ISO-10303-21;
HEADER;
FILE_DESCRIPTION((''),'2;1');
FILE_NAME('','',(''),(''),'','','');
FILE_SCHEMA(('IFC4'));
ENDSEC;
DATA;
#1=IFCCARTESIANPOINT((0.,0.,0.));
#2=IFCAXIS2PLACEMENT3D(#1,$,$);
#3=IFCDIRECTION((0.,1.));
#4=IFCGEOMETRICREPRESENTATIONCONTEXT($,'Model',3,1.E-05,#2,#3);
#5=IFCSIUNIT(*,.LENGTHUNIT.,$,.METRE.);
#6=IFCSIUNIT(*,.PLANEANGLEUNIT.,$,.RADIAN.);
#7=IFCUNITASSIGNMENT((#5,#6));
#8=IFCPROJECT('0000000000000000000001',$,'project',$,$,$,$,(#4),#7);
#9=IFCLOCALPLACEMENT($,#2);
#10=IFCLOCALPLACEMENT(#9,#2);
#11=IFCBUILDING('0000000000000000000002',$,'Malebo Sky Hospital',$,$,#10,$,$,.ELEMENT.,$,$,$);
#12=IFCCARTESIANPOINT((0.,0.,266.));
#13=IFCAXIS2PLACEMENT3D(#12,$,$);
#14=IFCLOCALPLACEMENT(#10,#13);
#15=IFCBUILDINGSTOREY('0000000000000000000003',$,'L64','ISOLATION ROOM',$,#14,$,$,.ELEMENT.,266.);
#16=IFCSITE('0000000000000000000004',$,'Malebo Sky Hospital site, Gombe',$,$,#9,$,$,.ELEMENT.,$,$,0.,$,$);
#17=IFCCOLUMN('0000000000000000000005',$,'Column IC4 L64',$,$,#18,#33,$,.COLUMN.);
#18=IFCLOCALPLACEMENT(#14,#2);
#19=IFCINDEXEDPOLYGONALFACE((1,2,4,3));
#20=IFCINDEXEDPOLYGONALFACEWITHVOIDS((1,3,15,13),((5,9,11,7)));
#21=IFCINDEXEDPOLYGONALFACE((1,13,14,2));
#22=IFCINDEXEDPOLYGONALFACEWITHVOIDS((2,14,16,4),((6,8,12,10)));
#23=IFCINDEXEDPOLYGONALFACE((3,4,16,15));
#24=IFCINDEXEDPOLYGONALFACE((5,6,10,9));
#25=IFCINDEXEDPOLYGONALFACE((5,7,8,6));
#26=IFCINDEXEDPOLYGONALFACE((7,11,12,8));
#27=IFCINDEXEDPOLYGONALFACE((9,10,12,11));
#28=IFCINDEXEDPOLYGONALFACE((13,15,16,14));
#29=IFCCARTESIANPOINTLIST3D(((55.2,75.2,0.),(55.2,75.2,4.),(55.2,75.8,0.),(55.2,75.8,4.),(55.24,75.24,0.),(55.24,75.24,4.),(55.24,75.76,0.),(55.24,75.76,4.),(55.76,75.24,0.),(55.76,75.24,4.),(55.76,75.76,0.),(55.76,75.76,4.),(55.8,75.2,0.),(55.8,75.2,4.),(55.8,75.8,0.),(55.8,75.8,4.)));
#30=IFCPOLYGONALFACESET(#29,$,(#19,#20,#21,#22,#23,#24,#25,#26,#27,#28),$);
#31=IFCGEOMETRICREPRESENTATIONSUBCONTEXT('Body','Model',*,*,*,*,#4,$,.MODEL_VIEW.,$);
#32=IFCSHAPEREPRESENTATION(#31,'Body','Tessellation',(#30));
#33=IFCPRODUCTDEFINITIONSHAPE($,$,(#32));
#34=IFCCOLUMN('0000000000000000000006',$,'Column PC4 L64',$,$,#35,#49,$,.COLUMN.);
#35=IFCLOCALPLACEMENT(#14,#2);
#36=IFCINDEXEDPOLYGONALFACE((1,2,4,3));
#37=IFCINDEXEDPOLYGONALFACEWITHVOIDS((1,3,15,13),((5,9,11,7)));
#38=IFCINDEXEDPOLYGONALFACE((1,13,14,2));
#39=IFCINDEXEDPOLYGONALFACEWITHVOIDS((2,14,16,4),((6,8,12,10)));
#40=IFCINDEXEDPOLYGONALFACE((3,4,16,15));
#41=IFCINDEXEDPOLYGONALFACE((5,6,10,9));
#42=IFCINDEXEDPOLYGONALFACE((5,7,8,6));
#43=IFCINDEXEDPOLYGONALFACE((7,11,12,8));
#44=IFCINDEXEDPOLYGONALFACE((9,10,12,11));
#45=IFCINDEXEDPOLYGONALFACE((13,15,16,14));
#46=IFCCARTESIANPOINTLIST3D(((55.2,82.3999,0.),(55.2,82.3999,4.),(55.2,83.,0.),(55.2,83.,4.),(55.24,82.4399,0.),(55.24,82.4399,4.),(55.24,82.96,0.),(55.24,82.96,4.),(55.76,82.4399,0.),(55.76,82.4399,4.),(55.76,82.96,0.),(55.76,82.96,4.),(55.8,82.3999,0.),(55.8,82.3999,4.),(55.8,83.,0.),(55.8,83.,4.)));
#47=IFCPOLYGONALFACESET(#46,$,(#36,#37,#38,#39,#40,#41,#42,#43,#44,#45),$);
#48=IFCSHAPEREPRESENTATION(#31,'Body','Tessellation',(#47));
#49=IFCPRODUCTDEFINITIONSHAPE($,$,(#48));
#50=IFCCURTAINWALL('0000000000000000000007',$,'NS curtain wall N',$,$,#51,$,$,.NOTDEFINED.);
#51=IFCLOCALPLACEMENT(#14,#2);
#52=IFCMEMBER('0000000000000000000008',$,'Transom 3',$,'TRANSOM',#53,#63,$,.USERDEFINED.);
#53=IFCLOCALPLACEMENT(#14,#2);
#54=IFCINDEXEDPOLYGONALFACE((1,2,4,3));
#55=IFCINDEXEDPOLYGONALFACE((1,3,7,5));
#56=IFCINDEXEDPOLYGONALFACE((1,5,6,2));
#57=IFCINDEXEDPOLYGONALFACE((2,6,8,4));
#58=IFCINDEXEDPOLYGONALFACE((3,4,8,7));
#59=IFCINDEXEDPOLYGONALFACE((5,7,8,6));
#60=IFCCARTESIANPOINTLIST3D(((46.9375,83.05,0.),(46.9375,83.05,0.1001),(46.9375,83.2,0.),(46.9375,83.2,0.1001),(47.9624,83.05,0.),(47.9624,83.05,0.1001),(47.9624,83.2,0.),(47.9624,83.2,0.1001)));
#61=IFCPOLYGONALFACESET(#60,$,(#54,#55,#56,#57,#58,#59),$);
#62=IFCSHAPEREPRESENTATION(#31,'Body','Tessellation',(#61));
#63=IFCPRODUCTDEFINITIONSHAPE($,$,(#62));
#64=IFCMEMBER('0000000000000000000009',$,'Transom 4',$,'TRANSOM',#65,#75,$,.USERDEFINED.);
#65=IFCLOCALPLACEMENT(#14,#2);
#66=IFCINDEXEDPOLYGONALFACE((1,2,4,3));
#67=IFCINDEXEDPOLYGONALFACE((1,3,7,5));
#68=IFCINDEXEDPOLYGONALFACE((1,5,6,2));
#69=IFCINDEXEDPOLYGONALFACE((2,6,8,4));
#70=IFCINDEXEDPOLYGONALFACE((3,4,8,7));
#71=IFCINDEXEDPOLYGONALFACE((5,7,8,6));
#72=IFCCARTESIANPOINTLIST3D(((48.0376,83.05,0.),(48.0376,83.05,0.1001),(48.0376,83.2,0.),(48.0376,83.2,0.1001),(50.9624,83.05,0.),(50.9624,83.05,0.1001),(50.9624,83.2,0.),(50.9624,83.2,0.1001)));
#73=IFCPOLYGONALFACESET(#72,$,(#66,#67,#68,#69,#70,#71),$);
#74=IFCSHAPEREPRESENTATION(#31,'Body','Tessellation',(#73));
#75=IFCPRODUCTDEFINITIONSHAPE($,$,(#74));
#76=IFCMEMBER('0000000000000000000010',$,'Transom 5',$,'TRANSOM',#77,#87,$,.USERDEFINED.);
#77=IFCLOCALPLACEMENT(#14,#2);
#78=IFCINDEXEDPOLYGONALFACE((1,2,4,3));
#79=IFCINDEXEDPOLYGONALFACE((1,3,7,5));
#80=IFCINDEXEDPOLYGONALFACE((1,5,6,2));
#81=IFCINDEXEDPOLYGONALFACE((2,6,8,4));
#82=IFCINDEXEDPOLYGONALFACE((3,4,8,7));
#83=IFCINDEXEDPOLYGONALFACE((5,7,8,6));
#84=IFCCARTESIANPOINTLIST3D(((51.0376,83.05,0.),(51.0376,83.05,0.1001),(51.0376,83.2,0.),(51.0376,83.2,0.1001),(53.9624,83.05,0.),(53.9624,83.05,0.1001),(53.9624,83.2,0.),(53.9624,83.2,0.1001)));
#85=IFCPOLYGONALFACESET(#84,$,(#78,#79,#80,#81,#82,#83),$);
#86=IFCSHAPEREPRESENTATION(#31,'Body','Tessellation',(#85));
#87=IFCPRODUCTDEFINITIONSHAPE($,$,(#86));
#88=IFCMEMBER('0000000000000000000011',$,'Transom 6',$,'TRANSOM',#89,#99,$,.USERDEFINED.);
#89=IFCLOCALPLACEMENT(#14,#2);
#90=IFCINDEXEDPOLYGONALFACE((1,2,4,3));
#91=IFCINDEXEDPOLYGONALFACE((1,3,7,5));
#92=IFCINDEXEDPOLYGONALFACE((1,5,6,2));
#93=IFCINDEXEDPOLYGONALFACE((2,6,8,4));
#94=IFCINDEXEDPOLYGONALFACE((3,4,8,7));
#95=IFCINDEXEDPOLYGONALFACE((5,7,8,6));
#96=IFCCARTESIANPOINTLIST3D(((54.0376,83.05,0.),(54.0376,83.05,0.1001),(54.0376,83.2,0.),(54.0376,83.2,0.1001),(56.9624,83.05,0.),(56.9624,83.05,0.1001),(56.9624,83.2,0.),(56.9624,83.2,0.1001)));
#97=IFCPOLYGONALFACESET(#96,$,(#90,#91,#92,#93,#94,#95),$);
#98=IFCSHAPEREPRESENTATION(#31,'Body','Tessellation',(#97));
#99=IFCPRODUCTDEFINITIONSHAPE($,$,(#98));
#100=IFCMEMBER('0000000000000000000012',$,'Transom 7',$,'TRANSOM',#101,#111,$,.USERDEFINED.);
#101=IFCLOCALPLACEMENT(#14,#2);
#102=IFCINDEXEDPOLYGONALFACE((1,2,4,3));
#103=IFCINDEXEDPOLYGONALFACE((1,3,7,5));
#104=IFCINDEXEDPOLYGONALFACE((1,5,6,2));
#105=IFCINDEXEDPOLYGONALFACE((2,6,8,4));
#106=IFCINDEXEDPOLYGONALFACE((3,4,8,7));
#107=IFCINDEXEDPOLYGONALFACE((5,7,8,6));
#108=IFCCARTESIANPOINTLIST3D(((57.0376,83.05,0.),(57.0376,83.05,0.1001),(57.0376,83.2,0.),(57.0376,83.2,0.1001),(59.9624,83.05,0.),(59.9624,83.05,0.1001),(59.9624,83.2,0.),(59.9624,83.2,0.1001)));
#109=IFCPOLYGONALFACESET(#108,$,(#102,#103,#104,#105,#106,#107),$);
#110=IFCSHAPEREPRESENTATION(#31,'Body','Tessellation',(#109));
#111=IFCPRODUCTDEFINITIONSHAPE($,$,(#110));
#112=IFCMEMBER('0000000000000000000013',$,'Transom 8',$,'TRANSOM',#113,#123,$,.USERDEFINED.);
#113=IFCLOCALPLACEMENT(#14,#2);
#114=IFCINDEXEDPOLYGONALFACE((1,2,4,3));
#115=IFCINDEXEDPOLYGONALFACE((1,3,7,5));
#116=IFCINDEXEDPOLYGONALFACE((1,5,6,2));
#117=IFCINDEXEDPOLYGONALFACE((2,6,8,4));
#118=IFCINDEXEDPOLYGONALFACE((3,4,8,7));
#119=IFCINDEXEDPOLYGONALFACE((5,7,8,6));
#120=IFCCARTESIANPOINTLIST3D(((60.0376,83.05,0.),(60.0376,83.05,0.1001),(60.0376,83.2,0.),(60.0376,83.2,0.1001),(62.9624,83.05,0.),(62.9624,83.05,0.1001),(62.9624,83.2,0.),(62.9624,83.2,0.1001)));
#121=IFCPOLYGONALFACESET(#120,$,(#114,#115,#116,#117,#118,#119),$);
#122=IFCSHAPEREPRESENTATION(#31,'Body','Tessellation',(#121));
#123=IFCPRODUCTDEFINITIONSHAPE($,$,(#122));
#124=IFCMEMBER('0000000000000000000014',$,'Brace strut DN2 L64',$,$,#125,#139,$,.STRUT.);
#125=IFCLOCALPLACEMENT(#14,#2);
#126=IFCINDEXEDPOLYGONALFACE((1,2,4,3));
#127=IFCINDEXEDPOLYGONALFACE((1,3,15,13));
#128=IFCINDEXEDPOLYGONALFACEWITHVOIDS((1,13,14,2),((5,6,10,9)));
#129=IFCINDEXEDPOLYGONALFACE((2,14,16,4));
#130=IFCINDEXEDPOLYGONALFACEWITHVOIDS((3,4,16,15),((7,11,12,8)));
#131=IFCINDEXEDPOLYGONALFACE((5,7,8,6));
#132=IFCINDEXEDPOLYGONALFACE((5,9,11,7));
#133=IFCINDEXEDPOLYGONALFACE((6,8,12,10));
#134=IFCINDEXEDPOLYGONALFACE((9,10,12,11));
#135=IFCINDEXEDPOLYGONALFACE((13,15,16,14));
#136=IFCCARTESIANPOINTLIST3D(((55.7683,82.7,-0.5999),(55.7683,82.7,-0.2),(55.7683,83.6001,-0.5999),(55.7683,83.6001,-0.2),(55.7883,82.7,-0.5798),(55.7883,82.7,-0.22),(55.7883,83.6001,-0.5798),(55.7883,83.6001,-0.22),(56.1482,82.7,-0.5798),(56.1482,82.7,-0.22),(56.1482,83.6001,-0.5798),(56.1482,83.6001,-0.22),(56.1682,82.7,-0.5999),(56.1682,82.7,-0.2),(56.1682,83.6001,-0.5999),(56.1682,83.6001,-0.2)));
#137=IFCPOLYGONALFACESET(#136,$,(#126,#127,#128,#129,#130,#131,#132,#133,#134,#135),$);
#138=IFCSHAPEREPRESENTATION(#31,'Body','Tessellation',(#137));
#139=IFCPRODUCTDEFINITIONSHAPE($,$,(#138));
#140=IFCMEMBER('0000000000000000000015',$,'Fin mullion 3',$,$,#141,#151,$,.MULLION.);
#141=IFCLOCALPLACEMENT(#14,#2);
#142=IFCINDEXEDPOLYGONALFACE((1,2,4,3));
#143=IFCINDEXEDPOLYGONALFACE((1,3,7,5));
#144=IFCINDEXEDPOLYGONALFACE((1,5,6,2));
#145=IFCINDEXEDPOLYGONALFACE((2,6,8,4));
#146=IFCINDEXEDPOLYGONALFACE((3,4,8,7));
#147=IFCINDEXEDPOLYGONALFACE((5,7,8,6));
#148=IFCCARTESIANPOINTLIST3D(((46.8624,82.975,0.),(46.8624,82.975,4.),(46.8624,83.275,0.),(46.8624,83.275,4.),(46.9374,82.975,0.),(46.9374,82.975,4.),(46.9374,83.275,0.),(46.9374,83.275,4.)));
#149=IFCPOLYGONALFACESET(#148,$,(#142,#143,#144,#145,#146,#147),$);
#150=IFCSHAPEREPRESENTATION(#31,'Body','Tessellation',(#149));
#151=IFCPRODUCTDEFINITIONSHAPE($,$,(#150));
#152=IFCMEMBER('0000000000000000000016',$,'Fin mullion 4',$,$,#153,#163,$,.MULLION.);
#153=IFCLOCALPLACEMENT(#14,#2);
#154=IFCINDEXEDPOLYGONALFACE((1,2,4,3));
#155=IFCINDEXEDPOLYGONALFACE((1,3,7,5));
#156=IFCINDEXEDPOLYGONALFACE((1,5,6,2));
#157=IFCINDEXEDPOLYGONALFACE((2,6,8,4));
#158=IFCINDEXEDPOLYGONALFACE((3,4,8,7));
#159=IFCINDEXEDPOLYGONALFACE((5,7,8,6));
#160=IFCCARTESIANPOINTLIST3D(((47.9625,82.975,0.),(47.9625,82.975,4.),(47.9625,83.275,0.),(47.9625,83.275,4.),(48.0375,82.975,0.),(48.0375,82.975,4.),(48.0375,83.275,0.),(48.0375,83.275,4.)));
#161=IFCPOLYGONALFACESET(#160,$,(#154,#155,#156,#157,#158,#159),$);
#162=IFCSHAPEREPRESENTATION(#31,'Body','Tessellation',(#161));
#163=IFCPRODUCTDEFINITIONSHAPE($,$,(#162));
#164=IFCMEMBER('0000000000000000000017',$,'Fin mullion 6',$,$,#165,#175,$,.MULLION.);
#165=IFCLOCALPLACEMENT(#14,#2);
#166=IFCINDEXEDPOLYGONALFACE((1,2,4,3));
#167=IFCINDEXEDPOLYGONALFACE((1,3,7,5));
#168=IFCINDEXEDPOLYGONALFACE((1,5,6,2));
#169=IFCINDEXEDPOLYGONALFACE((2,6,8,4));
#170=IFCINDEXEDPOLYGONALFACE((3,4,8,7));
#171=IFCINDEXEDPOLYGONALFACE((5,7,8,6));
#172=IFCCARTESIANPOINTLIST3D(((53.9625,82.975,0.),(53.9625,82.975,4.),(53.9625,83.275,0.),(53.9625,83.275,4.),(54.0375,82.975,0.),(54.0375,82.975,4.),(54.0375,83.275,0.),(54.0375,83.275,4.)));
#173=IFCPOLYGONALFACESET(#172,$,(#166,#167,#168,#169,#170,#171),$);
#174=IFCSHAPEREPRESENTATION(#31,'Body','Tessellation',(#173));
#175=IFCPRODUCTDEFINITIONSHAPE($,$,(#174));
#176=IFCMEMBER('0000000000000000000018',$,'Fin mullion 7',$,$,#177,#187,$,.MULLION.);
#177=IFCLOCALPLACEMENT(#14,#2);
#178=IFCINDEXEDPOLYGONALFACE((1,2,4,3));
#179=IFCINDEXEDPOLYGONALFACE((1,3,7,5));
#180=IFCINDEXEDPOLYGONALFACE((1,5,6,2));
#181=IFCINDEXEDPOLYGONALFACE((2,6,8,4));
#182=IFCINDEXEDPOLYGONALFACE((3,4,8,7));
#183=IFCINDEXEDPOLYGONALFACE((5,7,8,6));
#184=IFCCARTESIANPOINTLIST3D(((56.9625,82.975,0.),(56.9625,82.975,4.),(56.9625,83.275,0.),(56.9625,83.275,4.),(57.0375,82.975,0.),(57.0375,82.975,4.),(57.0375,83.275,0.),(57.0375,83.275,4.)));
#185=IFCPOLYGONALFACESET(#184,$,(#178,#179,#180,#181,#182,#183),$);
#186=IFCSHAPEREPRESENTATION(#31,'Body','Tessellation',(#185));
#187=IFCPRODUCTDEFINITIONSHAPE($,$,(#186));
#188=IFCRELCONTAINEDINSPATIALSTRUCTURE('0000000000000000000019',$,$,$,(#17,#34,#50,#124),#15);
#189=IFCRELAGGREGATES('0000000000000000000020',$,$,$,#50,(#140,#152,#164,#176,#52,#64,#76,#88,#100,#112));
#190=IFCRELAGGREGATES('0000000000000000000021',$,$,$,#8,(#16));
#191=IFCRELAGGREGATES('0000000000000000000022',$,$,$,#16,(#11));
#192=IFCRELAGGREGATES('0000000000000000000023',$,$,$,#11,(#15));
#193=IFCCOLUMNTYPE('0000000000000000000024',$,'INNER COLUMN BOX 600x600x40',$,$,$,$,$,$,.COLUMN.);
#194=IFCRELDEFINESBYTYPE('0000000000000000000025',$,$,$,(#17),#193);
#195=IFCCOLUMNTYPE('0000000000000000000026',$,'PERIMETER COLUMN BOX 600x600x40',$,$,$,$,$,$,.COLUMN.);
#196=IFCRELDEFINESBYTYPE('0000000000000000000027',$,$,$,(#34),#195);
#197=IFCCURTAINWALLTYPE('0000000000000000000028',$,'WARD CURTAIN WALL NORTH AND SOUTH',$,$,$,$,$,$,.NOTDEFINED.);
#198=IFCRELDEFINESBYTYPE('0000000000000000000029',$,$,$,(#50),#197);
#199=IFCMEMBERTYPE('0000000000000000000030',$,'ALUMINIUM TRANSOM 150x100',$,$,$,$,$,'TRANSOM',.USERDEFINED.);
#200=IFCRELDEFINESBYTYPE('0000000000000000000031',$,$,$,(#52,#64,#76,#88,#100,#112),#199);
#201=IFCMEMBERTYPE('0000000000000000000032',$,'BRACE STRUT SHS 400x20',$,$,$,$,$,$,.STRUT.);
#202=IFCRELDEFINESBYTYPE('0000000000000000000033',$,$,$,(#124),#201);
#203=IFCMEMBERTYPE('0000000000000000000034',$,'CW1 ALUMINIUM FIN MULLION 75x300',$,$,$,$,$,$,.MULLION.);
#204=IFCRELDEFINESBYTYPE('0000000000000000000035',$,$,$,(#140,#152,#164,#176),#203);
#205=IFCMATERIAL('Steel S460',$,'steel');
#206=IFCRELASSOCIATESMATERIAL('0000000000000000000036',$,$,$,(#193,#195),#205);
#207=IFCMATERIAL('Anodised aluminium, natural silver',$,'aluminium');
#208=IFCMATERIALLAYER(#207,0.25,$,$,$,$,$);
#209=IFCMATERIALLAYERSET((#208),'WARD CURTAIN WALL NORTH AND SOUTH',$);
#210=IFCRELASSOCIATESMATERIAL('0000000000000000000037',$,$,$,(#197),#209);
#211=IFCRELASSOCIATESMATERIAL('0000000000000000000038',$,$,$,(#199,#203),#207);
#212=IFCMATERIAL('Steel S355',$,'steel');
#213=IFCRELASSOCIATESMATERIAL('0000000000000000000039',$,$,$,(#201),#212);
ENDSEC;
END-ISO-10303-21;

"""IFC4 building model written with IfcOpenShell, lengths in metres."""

from ifc_helpers import new_model, si_unit, direction, frame, origin, origin_2d, place, context, subcontext, project, spatial, rectangle, hollow_rectangle, extrude, material, layer, layer_set, material_profile, profile_set, type_object, element, aggregate, save


model = new_model("IFC4")

# Units and contexts
model_context = context("Model", 3, precision=1e-05, world=origin(), true_north=direction((0.0, 1.0)))
body_context = subcontext(model_context, "Body", "Model", "MODEL_VIEW")
ifc_project = project(units=[si_unit("LENGTHUNIT", "METRE"), si_unit("PLANEANGLEUNIT", "RADIAN")], contexts=[model_context])

# Site, building, storey
site_placement = place(None, origin())
site = spatial("IfcSite", under=ifc_project, at=site_placement, Name="Malebo Sky Hospital site, Gombe", CompositionType="ELEMENT", RefElevation=0.0)
building_placement = place(site_placement, origin())
building = spatial("IfcBuilding", under=site, at=building_placement, Name="Malebo Sky Hospital", CompositionType="ELEMENT")
storey_placement = place(building_placement, frame((0.0, 0.0, 266.0)))
storey = spatial("IfcBuildingStorey", under=building, at=storey_placement, Name="L64", Description="ISOLATION ROOM", CompositionType="ELEMENT", Elevation=266.0)

# Columns
ifc_material_1 = material(Name="Steel S460", Category="steel")
ifc_material_profile_1 = material_profile(ifc_material_1, hollow_rectangle(XDim=0.6001, YDim=0.6001, WallThickness=0.04, at=origin_2d()), Name="BOX 600x600x40")
ifc_profile_set_1 = profile_set([ifc_material_profile_1], Name="Steel S460")
column_type_1 = type_object("IfcColumnType", Name="INNER COLUMN BOX 600x600x40", PredefinedType="COLUMN", material=ifc_profile_set_1)
column_1_placement = place(storey_placement, frame((55.5, 75.5, 0.0), z_axis=(0.0, 0.0, 1.0), x_axis=(1.0, 0.0, 0.0)))
element("IfcColumn", 1, at=column_1_placement, inside=storey, type_object=column_type_1, Name="Column IC4 L64", PredefinedType="COLUMN", context=body_context, shape_type="SweptSolid", body=[
    extrude(hollow_rectangle(XDim=0.6001, YDim=0.6001, WallThickness=0.04, at=origin_2d()), origin(), (0.0, 0.0, 1.0), 4.0),
])
ifc_material_profile_2 = material_profile(ifc_material_1, hollow_rectangle(XDim=0.6001, YDim=0.6001, WallThickness=0.04, at=origin_2d()), Name="BOX 600x600x40")
ifc_profile_set_2 = profile_set([ifc_material_profile_2], Name="Steel S460")
column_type_2 = type_object("IfcColumnType", Name="PERIMETER COLUMN BOX 600x600x40", PredefinedType="COLUMN", material=ifc_profile_set_2)
column_2_placement = place(storey_placement, frame((55.5, 82.7, 0.0), z_axis=(0.0, 0.0, 1.0), x_axis=(1.0, 0.0, 0.0)))
element("IfcColumn", 2, at=column_2_placement, inside=storey, type_object=column_type_2, Name="Column PC4 L64", PredefinedType="COLUMN", context=body_context, shape_type="SweptSolid", body=[
    extrude(hollow_rectangle(XDim=0.6001, YDim=0.6001, WallThickness=0.04, at=origin_2d()), origin(), (0.0, 0.0, 1.0), 4.0),
])

# Curtain wall, members
ifc_material_2 = material(Name="Anodised aluminium, natural silver", Category="aluminium")
ifc_layer_1 = layer(ifc_material_2, 0.25)
ifc_layer_set_1 = layer_set([ifc_layer_1], Name="WARD CURTAIN WALL NORTH AND SOUTH")
curtain_wall_type = type_object("IfcCurtainWallType", Name="WARD CURTAIN WALL NORTH AND SOUTH", PredefinedType="NOTDEFINED", material=ifc_layer_set_1)
curtain_wall_placement = place(storey_placement, origin())
curtain_wall = element("IfcCurtainWall", 3, at=curtain_wall_placement, inside=storey, type_object=curtain_wall_type, Name="NS curtain wall N", PredefinedType="NOTDEFINED")
ifc_material_profile_3 = material_profile(ifc_material_2, rectangle(XDim=0.1499, YDim=0.1001, at=origin_2d()), Name="ALUMINIUM TRANSOM 150x100")
ifc_profile_set_3 = profile_set([ifc_material_profile_3], Name="Anodised aluminium, natural silver")
member_type_1 = type_object("IfcMemberType", Name="ALUMINIUM TRANSOM 150x100", ElementType="TRANSOM", PredefinedType="USERDEFINED", material=ifc_profile_set_3)
member_1_placement = place(storey_placement, frame((46.9375, 83.125, 0.05), z_axis=(1.0, 0.0, 0.0), x_axis=(0.0, 1.0, 0.0)))
member_1 = element("IfcMember", 4, at=member_1_placement, type_object=member_type_1, Name="Transom 3", ObjectType="TRANSOM", PredefinedType="USERDEFINED", context=body_context, shape_type="SweptSolid", body=[
    extrude(rectangle(XDim=0.1499, YDim=0.1001, at=origin_2d()), origin(), (0.0, 0.0, 1.0), 1.0249),
])
member_2_placement = place(storey_placement, frame((48.0376, 83.125, 0.05), z_axis=(1.0, 0.0, 0.0), x_axis=(0.0, 1.0, 0.0)))
member_2 = element("IfcMember", 5, at=member_2_placement, type_object=member_type_1, Name="Transom 4", ObjectType="TRANSOM", PredefinedType="USERDEFINED", context=body_context, shape_type="SweptSolid", body=[
    extrude(rectangle(XDim=0.1499, YDim=0.1001, at=origin_2d()), origin(), (0.0, 0.0, 1.0), 2.9248),
])
member_3_placement = place(storey_placement, frame((51.0376, 83.125, 0.05), z_axis=(1.0, 0.0, 0.0), x_axis=(0.0, 1.0, 0.0)))
member_3 = element("IfcMember", 6, at=member_3_placement, type_object=member_type_1, Name="Transom 5", ObjectType="TRANSOM", PredefinedType="USERDEFINED", context=body_context, shape_type="SweptSolid", body=[
    extrude(rectangle(XDim=0.1499, YDim=0.1001, at=origin_2d()), origin(), (0.0, 0.0, 1.0), 2.9248),
])
member_4_placement = place(storey_placement, frame((54.0376, 83.125, 0.05), z_axis=(1.0, 0.0, 0.0), x_axis=(0.0, 1.0, 0.0)))
member_4 = element("IfcMember", 7, at=member_4_placement, type_object=member_type_1, Name="Transom 6", ObjectType="TRANSOM", PredefinedType="USERDEFINED", context=body_context, shape_type="SweptSolid", body=[
    extrude(rectangle(XDim=0.1499, YDim=0.1001, at=origin_2d()), origin(), (0.0, 0.0, 1.0), 2.9248),
])
member_5_placement = place(storey_placement, frame((57.0376, 83.125, 0.05), z_axis=(1.0, 0.0, 0.0), x_axis=(0.0, 1.0, 0.0)))
member_5 = element("IfcMember", 8, at=member_5_placement, type_object=member_type_1, Name="Transom 7", ObjectType="TRANSOM", PredefinedType="USERDEFINED", context=body_context, shape_type="SweptSolid", body=[
    extrude(rectangle(XDim=0.1499, YDim=0.1001, at=origin_2d()), origin(), (0.0, 0.0, 1.0), 2.9248),
])
member_6_placement = place(storey_placement, frame((60.0376, 83.125, 0.05), z_axis=(1.0, 0.0, 0.0), x_axis=(0.0, 1.0, 0.0)))
member_6 = element("IfcMember", 9, at=member_6_placement, type_object=member_type_1, Name="Transom 8", ObjectType="TRANSOM", PredefinedType="USERDEFINED", context=body_context, shape_type="SweptSolid", body=[
    extrude(rectangle(XDim=0.1499, YDim=0.1001, at=origin_2d()), origin(), (0.0, 0.0, 1.0), 2.9248),
])

# Members
ifc_material_3 = material(Name="Steel S355", Category="steel")
ifc_material_profile_4 = material_profile(ifc_material_3, hollow_rectangle(XDim=0.3999, YDim=0.3999, WallThickness=0.02, at=origin_2d()), Name="SHS 400x20")
ifc_profile_set_4 = profile_set([ifc_material_profile_4], Name="Steel S355")
member_type_2 = type_object("IfcMemberType", Name="BRACE STRUT SHS 400x20", PredefinedType="STRUT", material=ifc_profile_set_4)
member_7_placement = place(storey_placement, frame((55.9683, 83.6001, -0.3999), z_axis=(0.0, -1.0, 0.0), x_axis=(1.0, 0.0, 0.0)))
element("IfcMember", 10, at=member_7_placement, inside=storey, type_object=member_type_2, Name="Brace strut DN2 L64", PredefinedType="STRUT", context=body_context, shape_type="SweptSolid", body=[
    extrude(hollow_rectangle(XDim=0.3999, YDim=0.3999, WallThickness=0.02, at=origin_2d()), origin(), (0.0, 0.0, 1.0), 0.9001),
])
ifc_material_profile_5 = material_profile(ifc_material_2, rectangle(XDim=0.075, YDim=0.3, at=origin_2d()), Name="CW1 ALUMINIUM FIN MULLION 75x300")
ifc_profile_set_5 = profile_set([ifc_material_profile_5], Name="Anodised aluminium, natural silver")
member_type_3 = type_object("IfcMemberType", Name="CW1 ALUMINIUM FIN MULLION 75x300", PredefinedType="MULLION", material=ifc_profile_set_5)
member_8_placement = place(storey_placement, frame((46.8999, 83.125, 0.0), z_axis=(0.0, 0.0, 1.0), x_axis=(1.0, 0.0, 0.0)))
member_8 = element("IfcMember", 11, at=member_8_placement, type_object=member_type_3, Name="Fin mullion 3", PredefinedType="MULLION", context=body_context, shape_type="SweptSolid", body=[
    extrude(rectangle(XDim=0.075, YDim=0.3, at=origin_2d()), origin(), (0.0, 0.0, 1.0), 4.0),
])
member_9_placement = place(storey_placement, frame((48.0, 83.125, 0.0), z_axis=(0.0, 0.0, 1.0), x_axis=(1.0, 0.0, 0.0)))
member_9 = element("IfcMember", 12, at=member_9_placement, type_object=member_type_3, Name="Fin mullion 4", PredefinedType="MULLION", context=body_context, shape_type="SweptSolid", body=[
    extrude(rectangle(XDim=0.075, YDim=0.3, at=origin_2d()), origin(), (0.0, 0.0, 1.0), 4.0),
])
member_10_placement = place(storey_placement, frame((54.0, 83.125, 0.0), z_axis=(0.0, 0.0, 1.0), x_axis=(1.0, 0.0, 0.0)))
member_10 = element("IfcMember", 13, at=member_10_placement, type_object=member_type_3, Name="Fin mullion 6", PredefinedType="MULLION", context=body_context, shape_type="SweptSolid", body=[
    extrude(rectangle(XDim=0.075, YDim=0.3, at=origin_2d()), origin(), (0.0, 0.0, 1.0), 4.0),
])
member_11_placement = place(storey_placement, frame((57.0, 83.125, 0.0), z_axis=(0.0, 0.0, 1.0), x_axis=(1.0, 0.0, 0.0)))
member_11 = element("IfcMember", 14, at=member_11_placement, type_object=member_type_3, Name="Fin mullion 7", PredefinedType="MULLION", context=body_context, shape_type="SweptSolid", body=[
    extrude(rectangle(XDim=0.075, YDim=0.3, at=origin_2d()), origin(), (0.0, 0.0, 1.0), 4.0),
])

aggregate(curtain_wall, [member_8, member_9, member_10, member_11, member_1, member_2, member_3, member_4, member_5, member_6])

save(model, "model.ifc")
